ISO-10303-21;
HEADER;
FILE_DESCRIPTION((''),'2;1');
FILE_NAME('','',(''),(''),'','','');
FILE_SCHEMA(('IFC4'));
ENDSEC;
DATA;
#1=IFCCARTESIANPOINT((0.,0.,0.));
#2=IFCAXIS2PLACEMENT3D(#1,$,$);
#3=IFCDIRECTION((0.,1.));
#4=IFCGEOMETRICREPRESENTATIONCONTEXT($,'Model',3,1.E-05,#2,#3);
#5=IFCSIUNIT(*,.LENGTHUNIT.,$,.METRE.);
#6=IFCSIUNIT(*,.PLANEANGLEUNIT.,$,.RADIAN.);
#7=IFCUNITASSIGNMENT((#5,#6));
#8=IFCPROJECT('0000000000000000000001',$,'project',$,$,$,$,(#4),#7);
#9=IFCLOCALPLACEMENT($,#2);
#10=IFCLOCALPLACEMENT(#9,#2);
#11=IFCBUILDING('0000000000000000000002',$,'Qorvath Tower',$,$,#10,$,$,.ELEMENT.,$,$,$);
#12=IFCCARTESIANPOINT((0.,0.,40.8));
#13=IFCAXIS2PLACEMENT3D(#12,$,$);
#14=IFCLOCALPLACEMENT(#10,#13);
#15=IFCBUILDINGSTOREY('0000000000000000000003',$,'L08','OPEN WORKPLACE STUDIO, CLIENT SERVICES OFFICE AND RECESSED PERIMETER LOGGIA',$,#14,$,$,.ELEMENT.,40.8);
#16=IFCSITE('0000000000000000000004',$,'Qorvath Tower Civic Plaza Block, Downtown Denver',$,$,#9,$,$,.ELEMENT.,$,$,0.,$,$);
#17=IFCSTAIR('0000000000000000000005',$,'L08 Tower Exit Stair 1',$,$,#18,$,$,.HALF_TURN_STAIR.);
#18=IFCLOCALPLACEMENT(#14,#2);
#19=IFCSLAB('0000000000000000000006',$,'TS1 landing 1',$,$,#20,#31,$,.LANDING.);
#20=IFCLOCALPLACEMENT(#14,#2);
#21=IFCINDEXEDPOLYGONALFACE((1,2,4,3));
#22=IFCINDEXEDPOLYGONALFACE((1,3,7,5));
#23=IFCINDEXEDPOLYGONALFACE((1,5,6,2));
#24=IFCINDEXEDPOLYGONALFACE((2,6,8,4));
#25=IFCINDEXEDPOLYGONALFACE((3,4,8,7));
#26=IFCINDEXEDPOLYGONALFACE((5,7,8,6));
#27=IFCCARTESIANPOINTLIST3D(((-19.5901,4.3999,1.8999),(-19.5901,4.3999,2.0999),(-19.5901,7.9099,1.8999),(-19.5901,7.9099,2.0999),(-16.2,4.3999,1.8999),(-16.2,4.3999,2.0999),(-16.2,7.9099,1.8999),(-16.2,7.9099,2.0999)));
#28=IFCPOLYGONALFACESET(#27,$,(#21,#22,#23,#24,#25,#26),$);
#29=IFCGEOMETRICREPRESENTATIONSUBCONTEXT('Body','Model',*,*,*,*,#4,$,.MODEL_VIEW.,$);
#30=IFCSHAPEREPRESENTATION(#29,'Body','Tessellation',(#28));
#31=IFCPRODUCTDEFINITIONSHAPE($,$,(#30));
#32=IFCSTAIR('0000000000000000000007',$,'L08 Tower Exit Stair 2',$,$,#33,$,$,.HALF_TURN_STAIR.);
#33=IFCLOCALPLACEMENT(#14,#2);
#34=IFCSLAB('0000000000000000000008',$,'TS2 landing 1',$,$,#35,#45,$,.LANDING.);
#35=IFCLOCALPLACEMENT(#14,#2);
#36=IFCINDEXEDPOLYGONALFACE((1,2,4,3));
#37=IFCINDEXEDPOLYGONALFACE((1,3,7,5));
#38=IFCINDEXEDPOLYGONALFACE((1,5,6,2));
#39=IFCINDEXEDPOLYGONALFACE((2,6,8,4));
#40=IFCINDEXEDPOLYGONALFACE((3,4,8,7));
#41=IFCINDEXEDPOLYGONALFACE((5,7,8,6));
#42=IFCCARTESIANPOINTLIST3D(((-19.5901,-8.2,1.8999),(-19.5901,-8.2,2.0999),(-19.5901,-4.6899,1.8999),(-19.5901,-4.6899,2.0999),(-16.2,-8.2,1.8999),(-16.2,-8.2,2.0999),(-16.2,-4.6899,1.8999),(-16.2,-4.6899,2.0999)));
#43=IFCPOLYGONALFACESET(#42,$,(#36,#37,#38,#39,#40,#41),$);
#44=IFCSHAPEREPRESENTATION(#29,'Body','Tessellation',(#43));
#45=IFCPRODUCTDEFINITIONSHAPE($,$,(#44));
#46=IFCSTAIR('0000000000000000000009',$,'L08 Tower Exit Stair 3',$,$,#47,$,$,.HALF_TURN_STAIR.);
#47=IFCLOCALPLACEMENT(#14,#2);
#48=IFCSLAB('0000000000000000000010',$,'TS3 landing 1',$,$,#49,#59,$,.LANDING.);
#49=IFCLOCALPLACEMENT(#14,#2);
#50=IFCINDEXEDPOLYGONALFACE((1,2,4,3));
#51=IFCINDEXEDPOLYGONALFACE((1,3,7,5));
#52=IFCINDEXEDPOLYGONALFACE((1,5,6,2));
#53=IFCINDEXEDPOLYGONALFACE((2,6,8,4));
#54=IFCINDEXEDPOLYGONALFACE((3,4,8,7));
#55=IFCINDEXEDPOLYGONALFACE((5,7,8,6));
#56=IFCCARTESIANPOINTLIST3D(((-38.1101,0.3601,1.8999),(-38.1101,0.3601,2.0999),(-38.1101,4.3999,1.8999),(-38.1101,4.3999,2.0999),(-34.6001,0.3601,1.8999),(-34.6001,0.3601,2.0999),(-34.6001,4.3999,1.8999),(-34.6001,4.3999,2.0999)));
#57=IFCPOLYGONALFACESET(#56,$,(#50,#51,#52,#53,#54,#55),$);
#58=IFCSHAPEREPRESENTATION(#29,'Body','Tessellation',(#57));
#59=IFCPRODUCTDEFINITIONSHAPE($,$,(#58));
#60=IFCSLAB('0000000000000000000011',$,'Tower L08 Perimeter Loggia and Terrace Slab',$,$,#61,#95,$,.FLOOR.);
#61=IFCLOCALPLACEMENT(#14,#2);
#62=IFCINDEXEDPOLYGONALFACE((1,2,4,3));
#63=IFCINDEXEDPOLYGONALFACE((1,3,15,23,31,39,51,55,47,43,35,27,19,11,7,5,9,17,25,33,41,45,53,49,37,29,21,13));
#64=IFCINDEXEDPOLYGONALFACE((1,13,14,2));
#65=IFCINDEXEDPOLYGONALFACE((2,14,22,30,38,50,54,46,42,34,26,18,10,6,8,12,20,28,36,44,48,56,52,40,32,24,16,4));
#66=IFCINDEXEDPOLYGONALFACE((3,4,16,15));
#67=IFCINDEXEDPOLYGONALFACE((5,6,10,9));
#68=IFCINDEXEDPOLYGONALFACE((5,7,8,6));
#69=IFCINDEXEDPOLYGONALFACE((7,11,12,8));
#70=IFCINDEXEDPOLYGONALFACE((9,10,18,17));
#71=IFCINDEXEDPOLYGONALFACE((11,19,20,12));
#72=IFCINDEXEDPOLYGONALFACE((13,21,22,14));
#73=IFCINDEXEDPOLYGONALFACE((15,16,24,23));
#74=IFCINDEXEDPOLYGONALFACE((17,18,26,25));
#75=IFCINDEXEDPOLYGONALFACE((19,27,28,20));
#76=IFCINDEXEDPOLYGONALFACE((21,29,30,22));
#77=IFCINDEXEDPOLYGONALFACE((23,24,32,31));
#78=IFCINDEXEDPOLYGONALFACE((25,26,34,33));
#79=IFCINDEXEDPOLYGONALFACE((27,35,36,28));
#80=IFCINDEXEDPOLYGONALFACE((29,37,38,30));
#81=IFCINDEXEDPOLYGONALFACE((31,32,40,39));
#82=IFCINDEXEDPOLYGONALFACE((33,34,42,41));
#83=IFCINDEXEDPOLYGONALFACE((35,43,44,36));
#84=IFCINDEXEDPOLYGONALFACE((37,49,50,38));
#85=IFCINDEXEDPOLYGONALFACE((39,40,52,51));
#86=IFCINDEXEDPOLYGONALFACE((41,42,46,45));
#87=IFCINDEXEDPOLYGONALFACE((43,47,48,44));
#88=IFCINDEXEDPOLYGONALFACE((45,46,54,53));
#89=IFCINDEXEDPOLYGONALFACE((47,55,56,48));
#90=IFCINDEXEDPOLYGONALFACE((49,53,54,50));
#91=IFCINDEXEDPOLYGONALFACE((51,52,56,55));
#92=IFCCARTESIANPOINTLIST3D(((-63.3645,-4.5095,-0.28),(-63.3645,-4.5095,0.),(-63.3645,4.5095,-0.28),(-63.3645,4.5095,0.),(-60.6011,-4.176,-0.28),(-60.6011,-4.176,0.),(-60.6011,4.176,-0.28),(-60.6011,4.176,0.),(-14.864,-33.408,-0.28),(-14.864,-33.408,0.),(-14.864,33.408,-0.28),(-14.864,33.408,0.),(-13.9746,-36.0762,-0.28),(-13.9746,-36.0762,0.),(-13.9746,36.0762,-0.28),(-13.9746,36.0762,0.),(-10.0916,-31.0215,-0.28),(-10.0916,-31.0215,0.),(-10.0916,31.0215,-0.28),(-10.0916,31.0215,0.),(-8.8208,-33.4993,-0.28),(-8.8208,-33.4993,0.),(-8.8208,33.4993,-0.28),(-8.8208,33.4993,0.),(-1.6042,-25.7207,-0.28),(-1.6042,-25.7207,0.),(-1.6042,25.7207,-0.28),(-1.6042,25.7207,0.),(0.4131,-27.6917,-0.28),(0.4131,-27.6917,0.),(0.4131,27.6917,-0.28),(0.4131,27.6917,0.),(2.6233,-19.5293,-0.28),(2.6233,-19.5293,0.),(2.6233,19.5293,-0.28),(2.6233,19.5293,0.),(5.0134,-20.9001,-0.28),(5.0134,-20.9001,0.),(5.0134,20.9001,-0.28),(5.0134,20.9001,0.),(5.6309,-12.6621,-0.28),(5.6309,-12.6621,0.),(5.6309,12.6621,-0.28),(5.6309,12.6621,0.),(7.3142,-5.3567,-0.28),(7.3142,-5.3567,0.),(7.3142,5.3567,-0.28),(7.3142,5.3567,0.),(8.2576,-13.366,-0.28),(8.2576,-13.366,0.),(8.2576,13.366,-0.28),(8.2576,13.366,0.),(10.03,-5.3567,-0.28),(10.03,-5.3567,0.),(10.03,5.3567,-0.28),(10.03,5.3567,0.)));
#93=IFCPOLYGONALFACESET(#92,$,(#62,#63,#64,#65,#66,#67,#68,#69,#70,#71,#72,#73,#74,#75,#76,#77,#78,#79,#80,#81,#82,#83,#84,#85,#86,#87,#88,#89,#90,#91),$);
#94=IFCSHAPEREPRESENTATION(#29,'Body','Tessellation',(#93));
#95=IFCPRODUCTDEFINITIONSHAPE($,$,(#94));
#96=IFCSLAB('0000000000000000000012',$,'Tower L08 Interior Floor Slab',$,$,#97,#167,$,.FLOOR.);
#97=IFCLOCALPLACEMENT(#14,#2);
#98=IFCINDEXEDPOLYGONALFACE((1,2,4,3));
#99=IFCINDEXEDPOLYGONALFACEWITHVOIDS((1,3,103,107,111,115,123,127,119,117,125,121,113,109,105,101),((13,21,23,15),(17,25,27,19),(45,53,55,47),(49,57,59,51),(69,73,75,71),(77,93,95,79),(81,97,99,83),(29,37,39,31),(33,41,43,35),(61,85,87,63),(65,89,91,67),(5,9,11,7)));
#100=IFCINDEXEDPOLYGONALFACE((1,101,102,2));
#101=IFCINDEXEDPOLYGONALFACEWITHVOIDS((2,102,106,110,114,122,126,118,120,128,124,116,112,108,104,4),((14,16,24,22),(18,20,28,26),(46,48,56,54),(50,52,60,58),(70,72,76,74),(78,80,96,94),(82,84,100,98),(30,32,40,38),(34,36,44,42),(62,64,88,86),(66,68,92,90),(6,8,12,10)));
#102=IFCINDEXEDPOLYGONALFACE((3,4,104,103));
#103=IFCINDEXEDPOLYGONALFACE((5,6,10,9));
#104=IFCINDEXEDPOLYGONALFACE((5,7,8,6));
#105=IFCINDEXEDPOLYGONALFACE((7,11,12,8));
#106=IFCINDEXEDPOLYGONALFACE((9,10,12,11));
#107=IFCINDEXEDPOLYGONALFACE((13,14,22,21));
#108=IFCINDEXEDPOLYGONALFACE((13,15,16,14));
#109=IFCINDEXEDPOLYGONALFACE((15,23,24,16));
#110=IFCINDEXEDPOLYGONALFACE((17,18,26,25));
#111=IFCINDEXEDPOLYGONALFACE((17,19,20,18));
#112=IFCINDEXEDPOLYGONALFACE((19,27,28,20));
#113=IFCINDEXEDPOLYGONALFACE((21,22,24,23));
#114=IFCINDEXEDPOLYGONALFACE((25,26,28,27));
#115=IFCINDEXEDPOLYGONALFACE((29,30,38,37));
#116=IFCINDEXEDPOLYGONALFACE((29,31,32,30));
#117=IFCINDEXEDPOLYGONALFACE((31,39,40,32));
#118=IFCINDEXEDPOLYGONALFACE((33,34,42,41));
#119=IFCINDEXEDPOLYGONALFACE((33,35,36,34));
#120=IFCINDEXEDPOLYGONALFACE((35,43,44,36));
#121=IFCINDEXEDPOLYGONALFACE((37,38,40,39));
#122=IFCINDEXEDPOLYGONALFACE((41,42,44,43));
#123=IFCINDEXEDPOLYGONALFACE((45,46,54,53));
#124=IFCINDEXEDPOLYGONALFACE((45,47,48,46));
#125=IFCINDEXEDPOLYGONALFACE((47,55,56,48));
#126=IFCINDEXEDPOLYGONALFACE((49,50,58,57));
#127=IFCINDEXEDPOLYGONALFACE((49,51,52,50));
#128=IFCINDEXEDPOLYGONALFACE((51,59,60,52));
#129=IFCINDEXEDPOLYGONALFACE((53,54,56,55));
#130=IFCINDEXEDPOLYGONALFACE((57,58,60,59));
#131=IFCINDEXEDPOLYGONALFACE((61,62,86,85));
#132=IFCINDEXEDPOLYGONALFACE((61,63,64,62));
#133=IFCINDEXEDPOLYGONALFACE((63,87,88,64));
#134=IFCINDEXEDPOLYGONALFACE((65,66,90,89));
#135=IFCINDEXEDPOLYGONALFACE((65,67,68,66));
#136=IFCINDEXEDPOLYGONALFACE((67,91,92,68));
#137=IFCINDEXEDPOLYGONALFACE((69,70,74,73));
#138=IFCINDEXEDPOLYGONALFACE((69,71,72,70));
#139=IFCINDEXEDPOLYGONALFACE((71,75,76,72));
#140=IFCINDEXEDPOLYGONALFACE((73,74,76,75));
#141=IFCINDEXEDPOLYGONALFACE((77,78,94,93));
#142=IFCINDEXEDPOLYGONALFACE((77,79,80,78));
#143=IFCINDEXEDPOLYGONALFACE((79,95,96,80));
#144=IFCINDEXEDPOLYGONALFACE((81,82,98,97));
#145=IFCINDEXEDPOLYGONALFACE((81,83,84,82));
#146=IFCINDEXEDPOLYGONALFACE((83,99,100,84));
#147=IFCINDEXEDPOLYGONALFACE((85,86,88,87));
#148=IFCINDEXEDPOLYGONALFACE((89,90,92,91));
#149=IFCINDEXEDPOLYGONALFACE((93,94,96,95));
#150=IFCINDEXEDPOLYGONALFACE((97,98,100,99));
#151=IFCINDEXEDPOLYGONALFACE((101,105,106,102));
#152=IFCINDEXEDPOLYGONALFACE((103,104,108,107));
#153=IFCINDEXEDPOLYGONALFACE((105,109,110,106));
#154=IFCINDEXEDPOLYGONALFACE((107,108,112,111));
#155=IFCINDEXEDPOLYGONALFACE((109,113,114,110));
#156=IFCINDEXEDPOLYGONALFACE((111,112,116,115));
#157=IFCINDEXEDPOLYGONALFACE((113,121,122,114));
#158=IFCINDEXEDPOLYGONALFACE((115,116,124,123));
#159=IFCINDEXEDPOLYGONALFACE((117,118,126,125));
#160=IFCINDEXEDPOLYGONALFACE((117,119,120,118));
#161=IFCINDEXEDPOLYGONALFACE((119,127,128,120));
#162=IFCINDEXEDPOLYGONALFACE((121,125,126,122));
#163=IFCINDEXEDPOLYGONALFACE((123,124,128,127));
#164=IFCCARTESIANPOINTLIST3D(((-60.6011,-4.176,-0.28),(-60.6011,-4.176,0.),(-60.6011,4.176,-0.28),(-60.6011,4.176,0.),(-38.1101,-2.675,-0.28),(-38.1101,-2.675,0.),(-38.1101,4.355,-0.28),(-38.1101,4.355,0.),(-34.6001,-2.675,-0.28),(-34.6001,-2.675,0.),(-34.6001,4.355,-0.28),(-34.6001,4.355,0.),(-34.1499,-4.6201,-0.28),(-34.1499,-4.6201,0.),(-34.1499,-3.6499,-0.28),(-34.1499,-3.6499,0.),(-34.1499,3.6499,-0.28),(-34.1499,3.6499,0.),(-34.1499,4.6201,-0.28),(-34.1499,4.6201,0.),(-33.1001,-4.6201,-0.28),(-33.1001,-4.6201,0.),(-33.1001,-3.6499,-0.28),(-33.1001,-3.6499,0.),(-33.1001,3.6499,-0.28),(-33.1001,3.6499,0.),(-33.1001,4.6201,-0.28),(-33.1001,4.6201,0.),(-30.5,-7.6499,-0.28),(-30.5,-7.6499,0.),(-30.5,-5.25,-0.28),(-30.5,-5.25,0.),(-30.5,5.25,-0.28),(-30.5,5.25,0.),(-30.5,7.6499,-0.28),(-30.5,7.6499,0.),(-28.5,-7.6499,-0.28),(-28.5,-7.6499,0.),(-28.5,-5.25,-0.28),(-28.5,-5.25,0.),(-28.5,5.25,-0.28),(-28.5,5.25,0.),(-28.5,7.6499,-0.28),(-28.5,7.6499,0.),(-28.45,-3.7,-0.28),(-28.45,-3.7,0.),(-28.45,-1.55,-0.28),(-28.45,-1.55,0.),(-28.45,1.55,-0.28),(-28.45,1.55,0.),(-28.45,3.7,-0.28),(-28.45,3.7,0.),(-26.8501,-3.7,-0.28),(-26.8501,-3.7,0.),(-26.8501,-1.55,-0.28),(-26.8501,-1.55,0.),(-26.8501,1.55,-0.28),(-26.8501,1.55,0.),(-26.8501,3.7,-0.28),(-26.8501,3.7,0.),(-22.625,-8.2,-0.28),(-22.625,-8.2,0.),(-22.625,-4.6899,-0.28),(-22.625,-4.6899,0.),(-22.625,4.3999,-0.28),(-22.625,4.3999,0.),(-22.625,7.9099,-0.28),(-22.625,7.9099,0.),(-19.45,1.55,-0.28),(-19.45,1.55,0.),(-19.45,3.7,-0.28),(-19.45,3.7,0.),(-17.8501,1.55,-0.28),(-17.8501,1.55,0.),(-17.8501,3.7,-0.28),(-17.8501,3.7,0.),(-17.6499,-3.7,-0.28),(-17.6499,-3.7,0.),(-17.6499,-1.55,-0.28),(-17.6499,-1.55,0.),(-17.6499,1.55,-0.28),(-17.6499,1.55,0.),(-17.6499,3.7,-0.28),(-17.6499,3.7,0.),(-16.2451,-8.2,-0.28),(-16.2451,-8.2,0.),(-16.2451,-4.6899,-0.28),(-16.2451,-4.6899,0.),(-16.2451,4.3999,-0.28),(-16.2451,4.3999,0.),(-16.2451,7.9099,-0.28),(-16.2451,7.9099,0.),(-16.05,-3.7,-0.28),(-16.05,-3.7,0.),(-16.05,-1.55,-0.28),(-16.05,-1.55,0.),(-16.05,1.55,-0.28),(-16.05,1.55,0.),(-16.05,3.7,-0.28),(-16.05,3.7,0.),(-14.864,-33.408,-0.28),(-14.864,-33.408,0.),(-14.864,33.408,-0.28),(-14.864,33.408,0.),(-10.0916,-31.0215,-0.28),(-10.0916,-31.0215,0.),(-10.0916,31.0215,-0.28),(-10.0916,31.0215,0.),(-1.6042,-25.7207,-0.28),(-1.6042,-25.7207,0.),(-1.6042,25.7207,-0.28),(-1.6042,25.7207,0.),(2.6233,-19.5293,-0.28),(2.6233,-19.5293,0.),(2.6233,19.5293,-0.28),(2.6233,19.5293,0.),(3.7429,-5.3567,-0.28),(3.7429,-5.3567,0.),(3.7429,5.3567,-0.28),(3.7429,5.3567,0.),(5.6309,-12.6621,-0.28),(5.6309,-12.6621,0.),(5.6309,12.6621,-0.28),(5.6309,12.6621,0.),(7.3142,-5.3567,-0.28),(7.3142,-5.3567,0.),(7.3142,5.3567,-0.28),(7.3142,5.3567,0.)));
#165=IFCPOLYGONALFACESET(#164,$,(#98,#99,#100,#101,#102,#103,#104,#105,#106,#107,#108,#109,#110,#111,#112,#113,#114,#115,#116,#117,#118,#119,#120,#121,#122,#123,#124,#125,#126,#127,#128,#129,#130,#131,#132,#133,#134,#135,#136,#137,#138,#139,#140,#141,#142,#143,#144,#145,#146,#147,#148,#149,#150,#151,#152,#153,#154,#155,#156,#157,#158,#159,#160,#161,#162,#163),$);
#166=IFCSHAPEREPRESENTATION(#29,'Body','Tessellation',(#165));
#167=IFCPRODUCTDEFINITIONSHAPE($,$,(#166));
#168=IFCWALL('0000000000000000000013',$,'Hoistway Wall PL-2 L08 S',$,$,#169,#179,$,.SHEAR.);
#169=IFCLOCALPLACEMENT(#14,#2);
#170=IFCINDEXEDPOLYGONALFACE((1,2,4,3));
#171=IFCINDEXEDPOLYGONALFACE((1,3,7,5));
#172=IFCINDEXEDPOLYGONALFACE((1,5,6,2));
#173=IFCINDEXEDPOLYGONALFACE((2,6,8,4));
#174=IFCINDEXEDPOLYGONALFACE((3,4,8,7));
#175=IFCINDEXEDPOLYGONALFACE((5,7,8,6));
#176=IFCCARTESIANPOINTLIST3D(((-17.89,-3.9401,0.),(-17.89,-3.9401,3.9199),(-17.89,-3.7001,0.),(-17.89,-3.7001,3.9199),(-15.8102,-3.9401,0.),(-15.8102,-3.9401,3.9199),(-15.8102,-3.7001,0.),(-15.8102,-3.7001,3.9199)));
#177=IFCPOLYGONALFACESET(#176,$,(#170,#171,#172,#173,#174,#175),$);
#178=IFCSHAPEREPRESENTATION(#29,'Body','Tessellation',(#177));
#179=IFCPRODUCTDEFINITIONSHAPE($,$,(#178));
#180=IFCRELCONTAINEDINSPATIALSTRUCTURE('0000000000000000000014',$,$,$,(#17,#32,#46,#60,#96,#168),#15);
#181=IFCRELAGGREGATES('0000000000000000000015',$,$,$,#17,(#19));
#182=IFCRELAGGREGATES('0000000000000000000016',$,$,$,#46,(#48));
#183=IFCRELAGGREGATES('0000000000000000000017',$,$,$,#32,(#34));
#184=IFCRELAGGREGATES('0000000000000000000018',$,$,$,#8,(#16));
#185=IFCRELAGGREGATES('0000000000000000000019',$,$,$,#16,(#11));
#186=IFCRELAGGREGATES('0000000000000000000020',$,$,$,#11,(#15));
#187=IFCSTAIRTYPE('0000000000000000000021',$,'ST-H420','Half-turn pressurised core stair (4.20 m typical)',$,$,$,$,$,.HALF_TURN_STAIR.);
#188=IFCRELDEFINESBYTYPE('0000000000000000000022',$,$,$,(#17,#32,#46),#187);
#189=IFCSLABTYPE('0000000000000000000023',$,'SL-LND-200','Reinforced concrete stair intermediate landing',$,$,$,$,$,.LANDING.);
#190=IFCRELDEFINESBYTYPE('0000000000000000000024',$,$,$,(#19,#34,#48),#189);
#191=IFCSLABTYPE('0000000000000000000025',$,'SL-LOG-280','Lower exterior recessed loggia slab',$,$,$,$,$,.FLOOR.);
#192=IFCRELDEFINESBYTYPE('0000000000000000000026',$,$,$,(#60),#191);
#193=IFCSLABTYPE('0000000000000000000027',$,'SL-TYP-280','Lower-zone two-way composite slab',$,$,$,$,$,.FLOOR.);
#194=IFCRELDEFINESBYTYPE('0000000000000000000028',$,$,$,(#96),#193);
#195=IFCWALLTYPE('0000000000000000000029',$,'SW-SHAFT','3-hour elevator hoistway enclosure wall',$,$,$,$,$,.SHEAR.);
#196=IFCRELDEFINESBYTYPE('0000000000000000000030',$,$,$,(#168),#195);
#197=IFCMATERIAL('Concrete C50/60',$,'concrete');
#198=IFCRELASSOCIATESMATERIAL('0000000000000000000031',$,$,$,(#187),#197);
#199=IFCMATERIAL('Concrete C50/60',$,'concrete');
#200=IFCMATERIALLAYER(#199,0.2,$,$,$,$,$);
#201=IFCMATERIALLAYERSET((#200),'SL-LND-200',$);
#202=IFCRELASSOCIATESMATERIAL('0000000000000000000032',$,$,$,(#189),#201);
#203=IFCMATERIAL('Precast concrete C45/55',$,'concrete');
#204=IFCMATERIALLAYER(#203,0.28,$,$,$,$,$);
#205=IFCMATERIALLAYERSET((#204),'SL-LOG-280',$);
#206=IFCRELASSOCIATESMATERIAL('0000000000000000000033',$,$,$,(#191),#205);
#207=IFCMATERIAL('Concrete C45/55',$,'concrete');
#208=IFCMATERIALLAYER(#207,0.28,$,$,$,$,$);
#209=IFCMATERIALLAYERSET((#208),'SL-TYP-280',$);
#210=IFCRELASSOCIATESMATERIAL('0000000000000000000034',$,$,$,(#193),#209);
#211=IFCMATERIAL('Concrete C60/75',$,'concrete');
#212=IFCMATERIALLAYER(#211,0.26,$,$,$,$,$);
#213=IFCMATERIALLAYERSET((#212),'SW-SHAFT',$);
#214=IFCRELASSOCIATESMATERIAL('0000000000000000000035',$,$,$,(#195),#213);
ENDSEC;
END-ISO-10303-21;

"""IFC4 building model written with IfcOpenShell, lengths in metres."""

from ifc_helpers import new_model, si_unit, direction, frame, frame_2d, origin, place, context, subcontext, project, spatial, polyline, rectangle, outline, extrude, material, layer, layer_set, type_object, element, aggregate, save


model = new_model("IFC4")

# Units and contexts
model_context = context("Model", 3, precision=1e-05, world=origin(), true_north=direction((0.0, 1.0)))
body_context = subcontext(model_context, "Body", "Model", "MODEL_VIEW")
ifc_project = project(units=[si_unit("LENGTHUNIT", "METRE"), si_unit("PLANEANGLEUNIT", "RADIAN")], contexts=[model_context])

# Site, building, storey
site_placement = place(None, origin())
site = spatial("IfcSite", under=ifc_project, at=site_placement, Name="Qorvath Tower Civic Plaza Block, Downtown Denver", CompositionType="ELEMENT", RefElevation=0.0)
building_placement = place(site_placement, origin())
building = spatial("IfcBuilding", under=site, at=building_placement, Name="Qorvath Tower", CompositionType="ELEMENT")
storey_placement = place(building_placement, frame((0.0, 0.0, 40.8)))
storey = spatial("IfcBuildingStorey", under=building, at=storey_placement, Name="L08", Description="OPEN WORKPLACE STUDIO, CLIENT SERVICES OFFICE AND RECESSED PERIMETER LOGGIA", CompositionType="ELEMENT", Elevation=40.8)

# Stairs, slabs
ifc_material_1 = material(Name="Concrete C50/60", Category="concrete")
stair_type = type_object("IfcStairType", Name="ST-H420", Description="Half-turn pressurised core stair (4.20 m typical)", PredefinedType="HALF_TURN_STAIR", material=ifc_material_1)
stair_1_placement = place(storey_placement, origin())
stair_1 = element("IfcStair", 1, at=stair_1_placement, inside=storey, type_object=stair_type, Name="L08 Tower Exit Stair 1", PredefinedType="HALF_TURN_STAIR")
ifc_material_2 = material(Name="Concrete C50/60", Category="concrete")
ifc_layer_1 = layer(ifc_material_2, 0.2)
ifc_layer_set_1 = layer_set([ifc_layer_1], Name="SL-LND-200")
slab_type_1 = type_object("IfcSlabType", Name="SL-LND-200", Description="Reinforced concrete stair intermediate landing", PredefinedType="LANDING", material=ifc_layer_set_1)
slab_1_placement = place(storey_placement, frame((0.0, 0.0, 1.8999)))
slab_1 = element("IfcSlab", 2, at=slab_1_placement, type_object=slab_type_1, Name="TS1 landing 1", PredefinedType="LANDING", context=body_context, shape_type="SweptSolid", body=[
    extrude(outline(polyline([(-19.5901, 4.3999), (-16.2, 4.3999), (-16.2, 7.9099), (-19.5901, 7.9099), (-19.5901, 4.3999)])), origin(), (0.0, 0.0, 1.0), 0.2),
])
aggregate(stair_1, [slab_1])
stair_2_placement = place(storey_placement, origin())
stair_2 = element("IfcStair", 3, at=stair_2_placement, inside=storey, type_object=stair_type, Name="L08 Tower Exit Stair 2", PredefinedType="HALF_TURN_STAIR")
slab_2_placement = place(storey_placement, frame((0.0, 0.0, 1.8999)))
slab_2 = element("IfcSlab", 4, at=slab_2_placement, type_object=slab_type_1, Name="TS2 landing 1", PredefinedType="LANDING", context=body_context, shape_type="SweptSolid", body=[
    extrude(outline(polyline([(-19.5901, -8.2), (-16.2, -8.2), (-16.2, -4.6899), (-19.5901, -4.6899), (-19.5901, -8.2)])), origin(), (0.0, 0.0, 1.0), 0.2),
])
stair_3_placement = place(storey_placement, origin())
stair_3 = element("IfcStair", 5, at=stair_3_placement, inside=storey, type_object=stair_type, Name="L08 Tower Exit Stair 3", PredefinedType="HALF_TURN_STAIR")
slab_3_placement = place(storey_placement, frame((0.0, 0.0, 1.8999)))
slab_3 = element("IfcSlab", 6, at=slab_3_placement, type_object=slab_type_1, Name="TS3 landing 1", PredefinedType="LANDING", context=body_context, shape_type="SweptSolid", body=[
    extrude(outline(polyline([(-34.6001, 0.3601), (-34.6001, 4.3999), (-38.1101, 4.3999), (-38.1101, 0.3601), (-34.6001, 0.3601)])), origin(), (0.0, 0.0, 1.0), 0.2),
])
aggregate(stair_3, [slab_3])

# Slabs
ifc_material_3 = material(Name="Precast concrete C45/55", Category="concrete")
ifc_layer_2 = layer(ifc_material_3, 0.28)
ifc_layer_set_2 = layer_set([ifc_layer_2], Name="SL-LOG-280")
slab_type_2 = type_object("IfcSlabType", Name="SL-LOG-280", Description="Lower exterior recessed loggia slab", PredefinedType="FLOOR", material=ifc_layer_set_2)
slab_4_placement = place(storey_placement, frame((0.0, 0.0, -0.28)))
element("IfcSlab", 7, at=slab_4_placement, inside=storey, type_object=slab_type_2, Name="Tower L08 Perimeter Loggia and Terrace Slab", PredefinedType="FLOOR", context=body_context, shape_type="SweptSolid", body=[
    extrude(outline(polyline([(7.3142, -5.3567), (5.6309, -12.6621), (2.6233, -19.5293), (-1.6042, -25.7207), (-10.0916, -31.0215), (-14.864, -33.408), (-60.6011, -4.176), (-60.6011, 4.176), (-14.864, 33.408), (-10.0916, 31.0215), (-1.6042, 25.7207), (2.6233, 19.5293), (5.6309, 12.6621), (7.3142, 5.3567), (10.03, 5.3567), (8.2576, 13.366), (5.0134, 20.9001), (0.4131, 27.6917), (-8.8208, 33.4993), (-13.9746, 36.0762), (-63.3645, 4.5095), (-63.3645, -4.5095), (-13.9746, -36.0762), (-8.8208, -33.4993), (0.4131, -27.6917), (5.0134, -20.9001), (8.2576, -13.366), (10.03, -5.3567), (7.3142, -5.3567)])), origin(), (0.0, 0.0, 1.0), 0.28),
])
ifc_material_4 = material(Name="Concrete C45/55", Category="concrete")
ifc_layer_3 = layer(ifc_material_4, 0.28)
ifc_layer_set_3 = layer_set([ifc_layer_3], Name="SL-TYP-280")
slab_type_3 = type_object("IfcSlabType", Name="SL-TYP-280", Description="Lower-zone two-way composite slab", PredefinedType="FLOOR", material=ifc_layer_set_3)
slab_5_placement = place(storey_placement, frame((0.0, 0.0, -0.28)))
element("IfcSlab", 8, at=slab_5_placement, inside=storey, type_object=slab_type_3, Name="Tower L08 Interior Floor Slab", PredefinedType="FLOOR", context=body_context, shape_type="SweptSolid", body=[
    extrude(outline(polyline([(-60.6011, 4.176), (-60.6011, -4.176), (-14.864, -33.408), (-10.0916, -31.0215), (-1.6042, -25.7207), (2.6233, -19.5293), (5.6309, -12.6621), (7.3142, -5.3567), (3.7429, -5.3567), (3.7429, 5.3567), (7.3142, 5.3567), (5.6309, 12.6621), (2.6233, 19.5293), (-1.6042, 25.7207), (-10.0916, 31.0215), (-14.864, 33.408), (-60.6011, 4.176)]), holes=[polyline([(-17.6499, -3.7), (-17.6499, -1.55), (-16.05, -1.55), (-16.05, -3.7), (-17.6499, -3.7)]), polyline([(-17.6499, 1.55), (-17.6499, 3.7), (-16.05, 3.7), (-16.05, 1.55), (-17.6499, 1.55)]), polyline([(-16.2451, -8.2), (-22.625, -8.2), (-22.625, -4.6899), (-16.2451, -4.6899), (-16.2451, -8.2)]), polyline([(-22.625, 4.3999), (-22.625, 7.9099), (-16.2451, 7.9099), (-16.2451, 4.3999), (-22.625, 4.3999)]), polyline([(-17.8501, 1.55), (-19.45, 1.55), (-19.45, 3.7), (-17.8501, 3.7), (-17.8501, 1.55)]), polyline([(-28.45, -3.7), (-28.45, -1.55), (-26.8501, -1.55), (-26.8501, -3.7), (-28.45, -3.7)]), polyline([(-26.8501, 1.55), (-28.45, 1.55), (-28.45, 3.7), (-26.8501, 3.7), (-26.8501, 1.55)]), polyline([(-28.5, -7.6499), (-30.5, -7.6499), (-30.5, -5.25), (-28.5, -5.25), (-28.5, -7.6499)]), polyline([(-30.5, 5.25), (-30.5, 7.6499), (-28.5, 7.6499), (-28.5, 5.25), (-30.5, 5.25)]), polyline([(-34.1499, -4.6201), (-34.1499, -3.6499), (-33.1001, -3.6499), (-33.1001, -4.6201), (-34.1499, -4.6201)]), polyline([(-34.1499, 3.6499), (-34.1499, 4.6201), (-33.1001, 4.6201), (-33.1001, 3.6499), (-34.1499, 3.6499)]), polyline([(-34.6001, -2.675), (-38.1101, -2.675), (-38.1101, 4.355), (-34.6001, 4.355), (-34.6001, -2.675)])]), origin(), (0.0, 0.0, 1.0), 0.28),
])

# Wall
ifc_material_5 = material(Name="Concrete C60/75", Category="concrete")
ifc_layer_4 = layer(ifc_material_5, 0.26)
ifc_layer_set_4 = layer_set([ifc_layer_4], Name="SW-SHAFT")
wall_type_1 = type_object("IfcWallType", Name="SW-SHAFT", Description="3-hour elevator hoistway enclosure wall", PredefinedType="SHEAR", material=ifc_layer_set_4)
wall_1_placement = place(storey_placement, frame((-15.8101, -3.8201, 0.0), z_axis=(0.0, 0.0, 1.0), x_axis=(-1.0, 0.0, 0.0)))
element("IfcWall", 9, at=wall_1_placement, inside=storey, type_object=wall_type_1, Name="Hoistway Wall PL-2 L08 S", PredefinedType="SHEAR", context=body_context, shape_type="SweptSolid", body=[
    extrude(rectangle(XDim=2.0798, YDim=0.24, at=frame_2d((1.04, 0.0))), origin(), (0.0, 0.0, 1.0), 3.9199),
])

aggregate(stair_2, [slab_2])

save(model, "model.ifc")
